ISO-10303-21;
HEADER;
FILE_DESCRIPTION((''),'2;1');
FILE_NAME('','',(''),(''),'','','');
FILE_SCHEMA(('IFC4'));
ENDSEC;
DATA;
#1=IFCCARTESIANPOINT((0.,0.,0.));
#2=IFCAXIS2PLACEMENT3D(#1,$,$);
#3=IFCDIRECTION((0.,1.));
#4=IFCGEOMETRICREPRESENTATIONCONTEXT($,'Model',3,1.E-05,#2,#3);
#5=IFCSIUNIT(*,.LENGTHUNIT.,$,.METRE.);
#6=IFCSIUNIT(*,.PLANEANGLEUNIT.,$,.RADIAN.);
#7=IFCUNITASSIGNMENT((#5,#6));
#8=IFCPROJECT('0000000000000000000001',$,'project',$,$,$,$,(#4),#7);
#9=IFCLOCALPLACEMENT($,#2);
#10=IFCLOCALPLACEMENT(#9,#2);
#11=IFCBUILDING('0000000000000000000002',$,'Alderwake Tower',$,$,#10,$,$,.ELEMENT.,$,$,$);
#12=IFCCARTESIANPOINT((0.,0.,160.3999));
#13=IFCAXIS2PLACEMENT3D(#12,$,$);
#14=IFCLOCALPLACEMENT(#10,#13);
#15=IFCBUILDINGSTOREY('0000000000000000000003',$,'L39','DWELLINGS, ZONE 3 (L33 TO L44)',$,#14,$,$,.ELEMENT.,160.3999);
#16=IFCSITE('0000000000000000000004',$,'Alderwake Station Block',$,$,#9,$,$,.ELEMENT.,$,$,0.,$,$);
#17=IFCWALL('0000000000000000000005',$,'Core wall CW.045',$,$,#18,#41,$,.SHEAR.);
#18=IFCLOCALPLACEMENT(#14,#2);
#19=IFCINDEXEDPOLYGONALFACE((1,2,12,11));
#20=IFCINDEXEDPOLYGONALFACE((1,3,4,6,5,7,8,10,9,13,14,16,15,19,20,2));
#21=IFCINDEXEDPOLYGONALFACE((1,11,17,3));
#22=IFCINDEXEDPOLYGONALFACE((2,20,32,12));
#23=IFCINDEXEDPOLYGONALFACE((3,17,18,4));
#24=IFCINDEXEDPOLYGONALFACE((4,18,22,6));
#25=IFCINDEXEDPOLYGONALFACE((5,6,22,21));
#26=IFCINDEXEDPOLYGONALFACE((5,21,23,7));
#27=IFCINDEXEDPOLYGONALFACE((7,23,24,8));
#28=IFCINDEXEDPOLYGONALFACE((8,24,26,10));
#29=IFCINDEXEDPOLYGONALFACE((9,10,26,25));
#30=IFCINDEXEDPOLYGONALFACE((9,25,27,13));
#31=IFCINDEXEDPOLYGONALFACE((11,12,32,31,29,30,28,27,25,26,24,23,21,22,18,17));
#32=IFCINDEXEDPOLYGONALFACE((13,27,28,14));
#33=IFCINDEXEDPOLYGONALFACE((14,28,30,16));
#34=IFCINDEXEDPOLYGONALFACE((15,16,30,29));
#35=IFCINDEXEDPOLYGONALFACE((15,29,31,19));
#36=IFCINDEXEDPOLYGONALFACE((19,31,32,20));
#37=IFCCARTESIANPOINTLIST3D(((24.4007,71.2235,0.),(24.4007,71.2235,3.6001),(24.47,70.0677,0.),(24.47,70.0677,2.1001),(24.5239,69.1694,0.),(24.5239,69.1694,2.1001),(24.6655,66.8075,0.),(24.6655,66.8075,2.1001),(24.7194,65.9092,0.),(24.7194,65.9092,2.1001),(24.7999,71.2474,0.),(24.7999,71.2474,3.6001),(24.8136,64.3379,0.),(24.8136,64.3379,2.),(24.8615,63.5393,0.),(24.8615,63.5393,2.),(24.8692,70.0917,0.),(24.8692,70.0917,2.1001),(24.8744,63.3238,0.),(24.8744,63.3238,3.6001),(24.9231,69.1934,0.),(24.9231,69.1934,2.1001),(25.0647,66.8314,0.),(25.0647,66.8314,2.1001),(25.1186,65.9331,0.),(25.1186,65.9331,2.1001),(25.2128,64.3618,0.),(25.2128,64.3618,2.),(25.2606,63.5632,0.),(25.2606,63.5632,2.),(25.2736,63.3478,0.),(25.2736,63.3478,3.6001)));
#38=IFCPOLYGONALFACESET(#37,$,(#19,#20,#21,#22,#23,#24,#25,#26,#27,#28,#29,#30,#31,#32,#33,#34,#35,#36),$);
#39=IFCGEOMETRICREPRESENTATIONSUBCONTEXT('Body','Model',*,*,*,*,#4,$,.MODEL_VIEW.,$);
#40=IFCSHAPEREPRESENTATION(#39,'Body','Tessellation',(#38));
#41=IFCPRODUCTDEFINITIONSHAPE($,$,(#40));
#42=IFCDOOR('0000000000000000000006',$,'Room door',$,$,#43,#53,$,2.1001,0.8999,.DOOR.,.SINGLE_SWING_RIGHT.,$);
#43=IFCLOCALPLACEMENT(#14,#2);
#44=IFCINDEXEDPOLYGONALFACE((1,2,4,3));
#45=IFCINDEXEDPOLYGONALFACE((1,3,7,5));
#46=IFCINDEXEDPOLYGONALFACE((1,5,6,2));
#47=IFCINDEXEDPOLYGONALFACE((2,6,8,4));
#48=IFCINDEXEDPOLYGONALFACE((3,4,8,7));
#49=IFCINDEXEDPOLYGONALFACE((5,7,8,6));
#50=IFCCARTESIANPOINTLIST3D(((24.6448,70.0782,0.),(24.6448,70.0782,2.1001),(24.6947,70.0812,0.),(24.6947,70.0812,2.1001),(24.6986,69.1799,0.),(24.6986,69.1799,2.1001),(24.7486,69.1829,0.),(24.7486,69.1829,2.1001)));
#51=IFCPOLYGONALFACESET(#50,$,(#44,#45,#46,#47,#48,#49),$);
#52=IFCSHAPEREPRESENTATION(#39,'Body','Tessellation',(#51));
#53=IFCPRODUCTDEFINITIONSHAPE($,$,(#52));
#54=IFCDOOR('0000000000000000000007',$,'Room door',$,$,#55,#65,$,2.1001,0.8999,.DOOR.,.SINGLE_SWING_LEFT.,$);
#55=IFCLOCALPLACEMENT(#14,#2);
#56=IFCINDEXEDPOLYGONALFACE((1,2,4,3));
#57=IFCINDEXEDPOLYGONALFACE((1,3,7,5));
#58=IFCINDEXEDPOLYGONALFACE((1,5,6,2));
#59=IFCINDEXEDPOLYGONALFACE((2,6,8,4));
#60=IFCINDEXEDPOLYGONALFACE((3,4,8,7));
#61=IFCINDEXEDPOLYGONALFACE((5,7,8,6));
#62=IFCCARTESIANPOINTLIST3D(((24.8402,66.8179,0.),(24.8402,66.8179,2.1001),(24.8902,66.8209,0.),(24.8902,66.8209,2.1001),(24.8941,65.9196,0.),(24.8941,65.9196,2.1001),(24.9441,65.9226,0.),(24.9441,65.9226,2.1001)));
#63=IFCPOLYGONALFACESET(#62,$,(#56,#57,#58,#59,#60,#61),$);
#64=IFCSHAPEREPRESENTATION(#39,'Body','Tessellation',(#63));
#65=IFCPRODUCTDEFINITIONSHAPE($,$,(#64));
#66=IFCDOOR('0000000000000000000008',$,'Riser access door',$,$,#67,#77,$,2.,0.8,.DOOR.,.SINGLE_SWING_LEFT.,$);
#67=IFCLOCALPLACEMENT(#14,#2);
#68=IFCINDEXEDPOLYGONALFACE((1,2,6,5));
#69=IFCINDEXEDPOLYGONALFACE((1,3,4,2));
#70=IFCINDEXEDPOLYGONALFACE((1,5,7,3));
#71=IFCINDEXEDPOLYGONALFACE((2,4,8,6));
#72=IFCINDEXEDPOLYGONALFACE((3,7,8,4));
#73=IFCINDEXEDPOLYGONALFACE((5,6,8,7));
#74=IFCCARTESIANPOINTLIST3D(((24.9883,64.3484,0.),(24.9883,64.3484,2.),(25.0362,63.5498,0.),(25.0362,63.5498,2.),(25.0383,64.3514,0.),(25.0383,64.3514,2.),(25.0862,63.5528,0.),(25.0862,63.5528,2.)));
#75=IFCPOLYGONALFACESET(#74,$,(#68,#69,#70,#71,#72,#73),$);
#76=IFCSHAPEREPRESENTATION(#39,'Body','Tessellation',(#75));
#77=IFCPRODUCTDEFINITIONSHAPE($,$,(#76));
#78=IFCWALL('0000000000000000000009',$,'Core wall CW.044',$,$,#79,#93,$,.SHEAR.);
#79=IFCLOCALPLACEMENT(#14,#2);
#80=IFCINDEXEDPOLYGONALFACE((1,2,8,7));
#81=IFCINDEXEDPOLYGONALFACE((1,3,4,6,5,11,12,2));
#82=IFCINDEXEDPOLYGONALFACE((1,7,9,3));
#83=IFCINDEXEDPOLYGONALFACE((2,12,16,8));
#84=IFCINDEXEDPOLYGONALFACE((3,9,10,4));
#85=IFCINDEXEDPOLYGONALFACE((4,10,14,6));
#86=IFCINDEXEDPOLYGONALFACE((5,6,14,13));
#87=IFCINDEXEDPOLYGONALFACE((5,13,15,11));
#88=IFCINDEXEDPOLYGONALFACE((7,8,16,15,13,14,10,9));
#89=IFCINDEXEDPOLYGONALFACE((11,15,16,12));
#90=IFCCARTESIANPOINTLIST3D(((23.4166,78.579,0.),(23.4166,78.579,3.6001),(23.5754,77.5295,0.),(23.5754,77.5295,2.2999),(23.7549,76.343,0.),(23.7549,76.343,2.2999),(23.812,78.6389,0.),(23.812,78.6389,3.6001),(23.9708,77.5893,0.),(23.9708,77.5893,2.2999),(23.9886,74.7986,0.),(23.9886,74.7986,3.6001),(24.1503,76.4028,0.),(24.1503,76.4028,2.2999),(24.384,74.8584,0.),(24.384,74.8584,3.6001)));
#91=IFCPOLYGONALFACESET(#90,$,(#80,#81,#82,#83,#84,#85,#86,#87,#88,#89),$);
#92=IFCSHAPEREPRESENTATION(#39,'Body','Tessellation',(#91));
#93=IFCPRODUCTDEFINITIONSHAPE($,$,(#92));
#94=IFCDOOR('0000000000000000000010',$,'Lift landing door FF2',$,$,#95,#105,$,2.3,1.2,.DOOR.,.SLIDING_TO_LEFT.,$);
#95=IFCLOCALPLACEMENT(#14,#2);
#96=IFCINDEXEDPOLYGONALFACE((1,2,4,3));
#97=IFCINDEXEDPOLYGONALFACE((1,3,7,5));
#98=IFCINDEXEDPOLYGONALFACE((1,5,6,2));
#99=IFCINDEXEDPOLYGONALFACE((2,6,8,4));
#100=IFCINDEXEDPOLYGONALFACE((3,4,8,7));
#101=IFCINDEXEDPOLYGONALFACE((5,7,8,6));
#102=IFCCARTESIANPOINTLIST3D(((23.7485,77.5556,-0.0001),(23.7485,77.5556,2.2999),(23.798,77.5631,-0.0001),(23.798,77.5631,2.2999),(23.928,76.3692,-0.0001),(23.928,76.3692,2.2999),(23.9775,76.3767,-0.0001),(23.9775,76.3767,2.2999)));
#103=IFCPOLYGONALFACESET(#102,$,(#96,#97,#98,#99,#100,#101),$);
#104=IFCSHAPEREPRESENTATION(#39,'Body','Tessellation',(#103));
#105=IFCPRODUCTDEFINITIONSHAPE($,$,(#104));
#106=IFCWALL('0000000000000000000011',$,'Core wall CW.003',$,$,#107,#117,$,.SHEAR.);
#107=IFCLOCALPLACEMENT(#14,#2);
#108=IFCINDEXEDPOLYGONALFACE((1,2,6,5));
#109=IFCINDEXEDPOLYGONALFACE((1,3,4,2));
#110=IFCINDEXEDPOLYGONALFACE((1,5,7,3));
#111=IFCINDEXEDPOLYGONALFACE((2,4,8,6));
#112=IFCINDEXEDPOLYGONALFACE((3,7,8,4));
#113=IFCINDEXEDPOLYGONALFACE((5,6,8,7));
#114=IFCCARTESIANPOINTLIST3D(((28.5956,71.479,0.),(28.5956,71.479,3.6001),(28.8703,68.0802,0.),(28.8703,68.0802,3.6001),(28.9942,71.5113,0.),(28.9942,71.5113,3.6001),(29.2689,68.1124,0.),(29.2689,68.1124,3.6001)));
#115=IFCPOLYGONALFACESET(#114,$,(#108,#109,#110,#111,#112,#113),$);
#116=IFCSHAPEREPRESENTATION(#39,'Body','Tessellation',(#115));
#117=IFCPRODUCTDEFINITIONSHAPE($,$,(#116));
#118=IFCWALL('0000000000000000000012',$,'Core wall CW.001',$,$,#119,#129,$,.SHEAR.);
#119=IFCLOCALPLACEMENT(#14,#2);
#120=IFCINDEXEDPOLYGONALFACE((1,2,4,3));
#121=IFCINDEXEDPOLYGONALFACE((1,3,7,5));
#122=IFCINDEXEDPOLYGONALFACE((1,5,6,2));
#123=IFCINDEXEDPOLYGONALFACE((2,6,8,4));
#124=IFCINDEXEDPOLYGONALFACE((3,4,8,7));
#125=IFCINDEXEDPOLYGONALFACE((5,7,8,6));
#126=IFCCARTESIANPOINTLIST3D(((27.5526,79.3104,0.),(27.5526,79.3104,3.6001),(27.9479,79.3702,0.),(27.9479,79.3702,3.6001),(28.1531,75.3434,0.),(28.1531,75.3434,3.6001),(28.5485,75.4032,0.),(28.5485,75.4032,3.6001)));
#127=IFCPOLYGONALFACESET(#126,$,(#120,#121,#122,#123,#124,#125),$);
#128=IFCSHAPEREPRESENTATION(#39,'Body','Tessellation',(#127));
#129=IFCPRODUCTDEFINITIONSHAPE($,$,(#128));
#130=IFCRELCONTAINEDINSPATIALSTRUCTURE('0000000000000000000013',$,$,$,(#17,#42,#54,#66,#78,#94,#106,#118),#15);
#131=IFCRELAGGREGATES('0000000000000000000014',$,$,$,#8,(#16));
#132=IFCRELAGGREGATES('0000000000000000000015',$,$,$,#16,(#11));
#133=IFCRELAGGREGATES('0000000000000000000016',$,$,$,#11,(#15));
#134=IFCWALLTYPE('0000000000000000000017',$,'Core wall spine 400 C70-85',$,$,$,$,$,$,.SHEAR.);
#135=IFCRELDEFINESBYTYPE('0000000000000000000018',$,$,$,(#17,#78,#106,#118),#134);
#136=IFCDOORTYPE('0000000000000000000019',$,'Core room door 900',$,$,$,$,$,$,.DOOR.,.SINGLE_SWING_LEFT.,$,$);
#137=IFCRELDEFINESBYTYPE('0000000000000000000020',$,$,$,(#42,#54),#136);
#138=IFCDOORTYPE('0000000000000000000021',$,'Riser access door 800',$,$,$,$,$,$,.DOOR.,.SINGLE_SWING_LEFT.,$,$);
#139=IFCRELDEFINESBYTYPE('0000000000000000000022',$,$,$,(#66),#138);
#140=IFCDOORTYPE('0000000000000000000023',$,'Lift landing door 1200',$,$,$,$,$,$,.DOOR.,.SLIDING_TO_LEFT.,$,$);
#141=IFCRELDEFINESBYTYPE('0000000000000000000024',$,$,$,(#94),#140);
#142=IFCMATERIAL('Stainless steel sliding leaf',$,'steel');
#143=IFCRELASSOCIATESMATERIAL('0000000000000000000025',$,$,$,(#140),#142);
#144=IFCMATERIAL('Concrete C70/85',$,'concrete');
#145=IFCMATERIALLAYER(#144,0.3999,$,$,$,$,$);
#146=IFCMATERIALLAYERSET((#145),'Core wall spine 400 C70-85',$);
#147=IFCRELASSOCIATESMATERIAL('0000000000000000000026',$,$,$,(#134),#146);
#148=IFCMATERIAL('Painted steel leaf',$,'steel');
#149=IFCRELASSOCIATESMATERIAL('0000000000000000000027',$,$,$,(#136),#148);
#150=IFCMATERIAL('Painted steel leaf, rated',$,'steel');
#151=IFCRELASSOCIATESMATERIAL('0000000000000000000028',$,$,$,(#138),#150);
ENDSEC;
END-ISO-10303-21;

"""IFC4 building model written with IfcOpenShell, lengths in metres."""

from ifc_helpers import new_model, si_unit, direction, frame, frame_2d, origin, place, context, subcontext, project, spatial, rectangle, extrude, material, layer, layer_set, type_object, element, fill, save


model = new_model("IFC4")

# Units and contexts
model_context = context("Model", 3, precision=1e-05, world=origin(), true_north=direction((0.0, 1.0)))
body_context = subcontext(model_context, "Body", "Model", "MODEL_VIEW")
ifc_project = project(units=[si_unit("LENGTHUNIT", "METRE"), si_unit("PLANEANGLEUNIT", "RADIAN")], contexts=[model_context])

# Site, building, storey
site_placement = place(None, origin())
site = spatial("IfcSite", under=ifc_project, at=site_placement, Name="Alderwake Station Block", CompositionType="ELEMENT", RefElevation=0.0)
building_placement = place(site_placement, origin())
building = spatial("IfcBuilding", under=site, at=building_placement, Name="Alderwake Tower", CompositionType="ELEMENT")
storey_placement = place(building_placement, frame((0.0, 0.0, 160.3999)))
storey = spatial("IfcBuildingStorey", under=building, at=storey_placement, Name="L39", Description="DWELLINGS, ZONE 3 (L33 TO L44)", CompositionType="ELEMENT", Elevation=160.3999)

# Shared definitions
ifc_material_1 = material(Name="Stainless steel sliding leaf", Category="steel")
door_type_1 = type_object("IfcDoorType", Name="Lift landing door 1200", OperationType="SLIDING_TO_LEFT", PredefinedType="DOOR", material=ifc_material_1)

# Wall, openings, doors
ifc_material_2 = material(Name="Concrete C70/85", Category="concrete")
ifc_layer_1 = layer(ifc_material_2, 0.3999)
ifc_layer_set_1 = layer_set([ifc_layer_1], Name="Core wall spine 400 C70-85")
wall_type_1 = type_object("IfcWallType", Name="Core wall spine 400 C70-85", PredefinedType="SHEAR", material=ifc_layer_set_1)
wall_1_placement = place(storey_placement, frame((25.074, 63.3357, 0.0), z_axis=(0.0, 0.0, 1.0), x_axis=(-0.059849, 0.998207, 0.0)))
wall_1 = element("IfcWall", 1, at=wall_1_placement, inside=storey, type_object=wall_type_1, Name="Core wall CW.045", PredefinedType="SHEAR", context=body_context, shape_type="SweptSolid", body=[
    extrude(rectangle(XDim=7.9138, YDim=0.3999, at=frame_2d((3.957, 0.0))), origin(), (0.0, 0.0, 1.0), 3.6001),
])
opening_1_placement = place(wall_1_placement, frame((0.2161, 0.0, 0.0)))
opening_1 = element("IfcOpeningElement", 2, at=opening_1_placement, cuts=wall_1, PredefinedType="OPENING", context=body_context, shape_type="SweptSolid", body=[
    extrude(rectangle(XDim=0.8, YDim=2.0, at=frame_2d((0.3999, 1.0))), frame((0.0, 0.21, 0.0), z_axis=(0.0, -1.0, 0.0), x_axis=(1.0, 0.0, 0.0)), (0.0, 0.0, 1.0), 0.4199),
])
opening_2_placement = place(wall_1_placement, frame((5.8562, 0.0, 0.0)))
opening_2 = element("IfcOpeningElement", 3, at=opening_2_placement, cuts=wall_1, PredefinedType="OPENING", context=body_context, shape_type="SweptSolid", body=[
    extrude(rectangle(XDim=0.8999, YDim=2.1001, at=frame_2d((0.45, 1.05))), frame((0.0, 0.21, 0.0), z_axis=(0.0, -1.0, 0.0), x_axis=(1.0, 0.0, 0.0)), (0.0, 0.0, 1.0), 0.4199),
])
opening_3_placement = place(wall_1_placement, frame((2.5901, 0.0, 0.0)))
opening_3 = element("IfcOpeningElement", 4, at=opening_3_placement, cuts=wall_1, PredefinedType="OPENING", context=body_context, shape_type="SweptSolid", body=[
    extrude(rectangle(XDim=0.8999, YDim=2.1001, at=frame_2d((0.45, 1.05))), frame((0.0, 0.21, 0.0), z_axis=(0.0, -1.0, 0.0), x_axis=(1.0, 0.0, 0.0)), (0.0, 0.0, 1.0), 0.4199),
])
ifc_material_3 = material(Name="Painted steel leaf", Category="steel")
door_type_2 = type_object("IfcDoorType", Name="Core room door 900", OperationType="SINGLE_SWING_LEFT", PredefinedType="DOOR", material=ifc_material_3)
door_1_placement = place(opening_2_placement, origin())
door_1 = element("IfcDoor", 5, at=door_1_placement, inside=storey, type_object=door_type_2, Name="Room door", OperationType="SINGLE_SWING_RIGHT", OverallHeight=2.1001, OverallWidth=0.8999, PredefinedType="DOOR", context=body_context, shape_type="SweptSolid", body=[
    extrude(rectangle(XDim=0.8999, YDim=2.1001, at=frame_2d((0.45, 1.05))), frame((0.0, 0.0249, 0.0), z_axis=(0.0, -1.0, 0.0), x_axis=(1.0, 0.0, 0.0)), (0.0, 0.0, 1.0), 0.05),
])
fill(opening_2, door_1)
door_2_placement = place(opening_3_placement, origin())
door_2 = element("IfcDoor", 6, at=door_2_placement, inside=storey, type_object=door_type_2, Name="Room door", OperationType="SINGLE_SWING_LEFT", OverallHeight=2.1001, OverallWidth=0.8999, PredefinedType="DOOR", context=body_context, shape_type="SweptSolid", body=[
    extrude(rectangle(XDim=0.8999, YDim=2.1001, at=frame_2d((0.45, 1.05))), frame((0.0, 0.0249, 0.0), z_axis=(0.0, -1.0, 0.0), x_axis=(1.0, 0.0, 0.0)), (0.0, 0.0, 1.0), 0.05),
])
fill(opening_3, door_2)
ifc_material_4 = material(Name="Painted steel leaf, rated", Category="steel")
door_type_3 = type_object("IfcDoorType", Name="Riser access door 800", OperationType="SINGLE_SWING_LEFT", PredefinedType="DOOR", material=ifc_material_4)
door_3_placement = place(opening_1_placement, origin())
door_3 = element("IfcDoor", 7, at=door_3_placement, inside=storey, type_object=door_type_3, Name="Riser access door", OperationType="SINGLE_SWING_LEFT", OverallHeight=2.0, OverallWidth=0.8, PredefinedType="DOOR", context=body_context, shape_type="SweptSolid", body=[
    extrude(rectangle(XDim=0.8, YDim=2.0, at=frame_2d((0.3999, 1.0))), frame((0.0, 0.0249, 0.0), z_axis=(0.0, -1.0, 0.0), x_axis=(1.0, 0.0, 0.0)), (0.0, 0.0, 1.0), 0.05),
])
fill(opening_1, door_3)

# Wall, opening, door
wall_2_placement = place(storey_placement, frame((24.1863, 74.8286, 0.0), z_axis=(0.0, 0.0, 1.0), x_axis=(-0.149605, 0.988746, 0.0)))
wall_2 = element("IfcWall", 8, at=wall_2_placement, inside=storey, type_object=wall_type_1, Name="Core wall CW.044", PredefinedType="SHEAR", context=body_context, shape_type="SweptSolid", body=[
    extrude(rectangle(XDim=3.8235, YDim=0.3999, at=frame_2d((1.9116, 0.0))), origin(), (0.0, 0.0, 1.0), 3.6001),
])
opening_4_placement = place(wall_2_placement, frame((1.5618, 0.0, 0.0)))
opening_4 = element("IfcOpeningElement", 9, at=opening_4_placement, cuts=wall_2, PredefinedType="OPENING", context=body_context, shape_type="SweptSolid", body=[
    extrude(rectangle(XDim=1.2, YDim=2.3, at=frame_2d((0.6001, 1.1499))), frame((0.0, 0.21, 0.0), z_axis=(0.0, -1.0, 0.0), x_axis=(1.0, 0.0, 0.0)), (0.0, 0.0, 1.0), 0.4199),
])
door_4_placement = place(opening_4_placement, origin())
door_4 = element("IfcDoor", 10, at=door_4_placement, inside=storey, type_object=door_type_1, Name="Lift landing door FF2", OperationType="SLIDING_TO_LEFT", OverallHeight=2.3, OverallWidth=1.2, PredefinedType="DOOR", context=body_context, shape_type="SweptSolid", body=[
    extrude(rectangle(XDim=1.2, YDim=2.3, at=frame_2d((0.6001, 1.1499))), frame((0.0, 0.0249, 0.0), z_axis=(0.0, -1.0, 0.0), x_axis=(1.0, 0.0, 0.0)), (0.0, 0.0, 1.0), 0.05),
])
fill(opening_4, door_4)

# Walls
wall_3_placement = place(storey_placement, frame((29.0696, 68.0962, 0.0), z_axis=(0.0, 0.0, 1.0), x_axis=(-0.080545, 0.996751, 0.0)))
element("IfcWall", 11, at=wall_3_placement, inside=storey, type_object=wall_type_1, Name="Core wall CW.003", PredefinedType="SHEAR", context=body_context, shape_type="SweptSolid", body=[
    extrude(rectangle(XDim=3.4099, YDim=0.3999, at=frame_2d((1.7051, 0.0))), origin(), (0.0, 0.0, 1.0), 3.6001),
])
wall_4_placement = place(storey_placement, frame((28.3508, 75.3733, 0.0), z_axis=(0.0, 0.0, 1.0), x_axis=(-0.149688, 0.988733, 0.0)))
element("IfcWall", 12, at=wall_4_placement, inside=storey, type_object=wall_type_1, Name="Core wall CW.001", PredefinedType="SHEAR", context=body_context, shape_type="SweptSolid", body=[
    extrude(rectangle(XDim=4.0122, YDim=0.3999, at=frame_2d((2.0061, 0.0))), origin(), (0.0, 0.0, 1.0), 3.6001),
])

save(model, "model.ifc")
